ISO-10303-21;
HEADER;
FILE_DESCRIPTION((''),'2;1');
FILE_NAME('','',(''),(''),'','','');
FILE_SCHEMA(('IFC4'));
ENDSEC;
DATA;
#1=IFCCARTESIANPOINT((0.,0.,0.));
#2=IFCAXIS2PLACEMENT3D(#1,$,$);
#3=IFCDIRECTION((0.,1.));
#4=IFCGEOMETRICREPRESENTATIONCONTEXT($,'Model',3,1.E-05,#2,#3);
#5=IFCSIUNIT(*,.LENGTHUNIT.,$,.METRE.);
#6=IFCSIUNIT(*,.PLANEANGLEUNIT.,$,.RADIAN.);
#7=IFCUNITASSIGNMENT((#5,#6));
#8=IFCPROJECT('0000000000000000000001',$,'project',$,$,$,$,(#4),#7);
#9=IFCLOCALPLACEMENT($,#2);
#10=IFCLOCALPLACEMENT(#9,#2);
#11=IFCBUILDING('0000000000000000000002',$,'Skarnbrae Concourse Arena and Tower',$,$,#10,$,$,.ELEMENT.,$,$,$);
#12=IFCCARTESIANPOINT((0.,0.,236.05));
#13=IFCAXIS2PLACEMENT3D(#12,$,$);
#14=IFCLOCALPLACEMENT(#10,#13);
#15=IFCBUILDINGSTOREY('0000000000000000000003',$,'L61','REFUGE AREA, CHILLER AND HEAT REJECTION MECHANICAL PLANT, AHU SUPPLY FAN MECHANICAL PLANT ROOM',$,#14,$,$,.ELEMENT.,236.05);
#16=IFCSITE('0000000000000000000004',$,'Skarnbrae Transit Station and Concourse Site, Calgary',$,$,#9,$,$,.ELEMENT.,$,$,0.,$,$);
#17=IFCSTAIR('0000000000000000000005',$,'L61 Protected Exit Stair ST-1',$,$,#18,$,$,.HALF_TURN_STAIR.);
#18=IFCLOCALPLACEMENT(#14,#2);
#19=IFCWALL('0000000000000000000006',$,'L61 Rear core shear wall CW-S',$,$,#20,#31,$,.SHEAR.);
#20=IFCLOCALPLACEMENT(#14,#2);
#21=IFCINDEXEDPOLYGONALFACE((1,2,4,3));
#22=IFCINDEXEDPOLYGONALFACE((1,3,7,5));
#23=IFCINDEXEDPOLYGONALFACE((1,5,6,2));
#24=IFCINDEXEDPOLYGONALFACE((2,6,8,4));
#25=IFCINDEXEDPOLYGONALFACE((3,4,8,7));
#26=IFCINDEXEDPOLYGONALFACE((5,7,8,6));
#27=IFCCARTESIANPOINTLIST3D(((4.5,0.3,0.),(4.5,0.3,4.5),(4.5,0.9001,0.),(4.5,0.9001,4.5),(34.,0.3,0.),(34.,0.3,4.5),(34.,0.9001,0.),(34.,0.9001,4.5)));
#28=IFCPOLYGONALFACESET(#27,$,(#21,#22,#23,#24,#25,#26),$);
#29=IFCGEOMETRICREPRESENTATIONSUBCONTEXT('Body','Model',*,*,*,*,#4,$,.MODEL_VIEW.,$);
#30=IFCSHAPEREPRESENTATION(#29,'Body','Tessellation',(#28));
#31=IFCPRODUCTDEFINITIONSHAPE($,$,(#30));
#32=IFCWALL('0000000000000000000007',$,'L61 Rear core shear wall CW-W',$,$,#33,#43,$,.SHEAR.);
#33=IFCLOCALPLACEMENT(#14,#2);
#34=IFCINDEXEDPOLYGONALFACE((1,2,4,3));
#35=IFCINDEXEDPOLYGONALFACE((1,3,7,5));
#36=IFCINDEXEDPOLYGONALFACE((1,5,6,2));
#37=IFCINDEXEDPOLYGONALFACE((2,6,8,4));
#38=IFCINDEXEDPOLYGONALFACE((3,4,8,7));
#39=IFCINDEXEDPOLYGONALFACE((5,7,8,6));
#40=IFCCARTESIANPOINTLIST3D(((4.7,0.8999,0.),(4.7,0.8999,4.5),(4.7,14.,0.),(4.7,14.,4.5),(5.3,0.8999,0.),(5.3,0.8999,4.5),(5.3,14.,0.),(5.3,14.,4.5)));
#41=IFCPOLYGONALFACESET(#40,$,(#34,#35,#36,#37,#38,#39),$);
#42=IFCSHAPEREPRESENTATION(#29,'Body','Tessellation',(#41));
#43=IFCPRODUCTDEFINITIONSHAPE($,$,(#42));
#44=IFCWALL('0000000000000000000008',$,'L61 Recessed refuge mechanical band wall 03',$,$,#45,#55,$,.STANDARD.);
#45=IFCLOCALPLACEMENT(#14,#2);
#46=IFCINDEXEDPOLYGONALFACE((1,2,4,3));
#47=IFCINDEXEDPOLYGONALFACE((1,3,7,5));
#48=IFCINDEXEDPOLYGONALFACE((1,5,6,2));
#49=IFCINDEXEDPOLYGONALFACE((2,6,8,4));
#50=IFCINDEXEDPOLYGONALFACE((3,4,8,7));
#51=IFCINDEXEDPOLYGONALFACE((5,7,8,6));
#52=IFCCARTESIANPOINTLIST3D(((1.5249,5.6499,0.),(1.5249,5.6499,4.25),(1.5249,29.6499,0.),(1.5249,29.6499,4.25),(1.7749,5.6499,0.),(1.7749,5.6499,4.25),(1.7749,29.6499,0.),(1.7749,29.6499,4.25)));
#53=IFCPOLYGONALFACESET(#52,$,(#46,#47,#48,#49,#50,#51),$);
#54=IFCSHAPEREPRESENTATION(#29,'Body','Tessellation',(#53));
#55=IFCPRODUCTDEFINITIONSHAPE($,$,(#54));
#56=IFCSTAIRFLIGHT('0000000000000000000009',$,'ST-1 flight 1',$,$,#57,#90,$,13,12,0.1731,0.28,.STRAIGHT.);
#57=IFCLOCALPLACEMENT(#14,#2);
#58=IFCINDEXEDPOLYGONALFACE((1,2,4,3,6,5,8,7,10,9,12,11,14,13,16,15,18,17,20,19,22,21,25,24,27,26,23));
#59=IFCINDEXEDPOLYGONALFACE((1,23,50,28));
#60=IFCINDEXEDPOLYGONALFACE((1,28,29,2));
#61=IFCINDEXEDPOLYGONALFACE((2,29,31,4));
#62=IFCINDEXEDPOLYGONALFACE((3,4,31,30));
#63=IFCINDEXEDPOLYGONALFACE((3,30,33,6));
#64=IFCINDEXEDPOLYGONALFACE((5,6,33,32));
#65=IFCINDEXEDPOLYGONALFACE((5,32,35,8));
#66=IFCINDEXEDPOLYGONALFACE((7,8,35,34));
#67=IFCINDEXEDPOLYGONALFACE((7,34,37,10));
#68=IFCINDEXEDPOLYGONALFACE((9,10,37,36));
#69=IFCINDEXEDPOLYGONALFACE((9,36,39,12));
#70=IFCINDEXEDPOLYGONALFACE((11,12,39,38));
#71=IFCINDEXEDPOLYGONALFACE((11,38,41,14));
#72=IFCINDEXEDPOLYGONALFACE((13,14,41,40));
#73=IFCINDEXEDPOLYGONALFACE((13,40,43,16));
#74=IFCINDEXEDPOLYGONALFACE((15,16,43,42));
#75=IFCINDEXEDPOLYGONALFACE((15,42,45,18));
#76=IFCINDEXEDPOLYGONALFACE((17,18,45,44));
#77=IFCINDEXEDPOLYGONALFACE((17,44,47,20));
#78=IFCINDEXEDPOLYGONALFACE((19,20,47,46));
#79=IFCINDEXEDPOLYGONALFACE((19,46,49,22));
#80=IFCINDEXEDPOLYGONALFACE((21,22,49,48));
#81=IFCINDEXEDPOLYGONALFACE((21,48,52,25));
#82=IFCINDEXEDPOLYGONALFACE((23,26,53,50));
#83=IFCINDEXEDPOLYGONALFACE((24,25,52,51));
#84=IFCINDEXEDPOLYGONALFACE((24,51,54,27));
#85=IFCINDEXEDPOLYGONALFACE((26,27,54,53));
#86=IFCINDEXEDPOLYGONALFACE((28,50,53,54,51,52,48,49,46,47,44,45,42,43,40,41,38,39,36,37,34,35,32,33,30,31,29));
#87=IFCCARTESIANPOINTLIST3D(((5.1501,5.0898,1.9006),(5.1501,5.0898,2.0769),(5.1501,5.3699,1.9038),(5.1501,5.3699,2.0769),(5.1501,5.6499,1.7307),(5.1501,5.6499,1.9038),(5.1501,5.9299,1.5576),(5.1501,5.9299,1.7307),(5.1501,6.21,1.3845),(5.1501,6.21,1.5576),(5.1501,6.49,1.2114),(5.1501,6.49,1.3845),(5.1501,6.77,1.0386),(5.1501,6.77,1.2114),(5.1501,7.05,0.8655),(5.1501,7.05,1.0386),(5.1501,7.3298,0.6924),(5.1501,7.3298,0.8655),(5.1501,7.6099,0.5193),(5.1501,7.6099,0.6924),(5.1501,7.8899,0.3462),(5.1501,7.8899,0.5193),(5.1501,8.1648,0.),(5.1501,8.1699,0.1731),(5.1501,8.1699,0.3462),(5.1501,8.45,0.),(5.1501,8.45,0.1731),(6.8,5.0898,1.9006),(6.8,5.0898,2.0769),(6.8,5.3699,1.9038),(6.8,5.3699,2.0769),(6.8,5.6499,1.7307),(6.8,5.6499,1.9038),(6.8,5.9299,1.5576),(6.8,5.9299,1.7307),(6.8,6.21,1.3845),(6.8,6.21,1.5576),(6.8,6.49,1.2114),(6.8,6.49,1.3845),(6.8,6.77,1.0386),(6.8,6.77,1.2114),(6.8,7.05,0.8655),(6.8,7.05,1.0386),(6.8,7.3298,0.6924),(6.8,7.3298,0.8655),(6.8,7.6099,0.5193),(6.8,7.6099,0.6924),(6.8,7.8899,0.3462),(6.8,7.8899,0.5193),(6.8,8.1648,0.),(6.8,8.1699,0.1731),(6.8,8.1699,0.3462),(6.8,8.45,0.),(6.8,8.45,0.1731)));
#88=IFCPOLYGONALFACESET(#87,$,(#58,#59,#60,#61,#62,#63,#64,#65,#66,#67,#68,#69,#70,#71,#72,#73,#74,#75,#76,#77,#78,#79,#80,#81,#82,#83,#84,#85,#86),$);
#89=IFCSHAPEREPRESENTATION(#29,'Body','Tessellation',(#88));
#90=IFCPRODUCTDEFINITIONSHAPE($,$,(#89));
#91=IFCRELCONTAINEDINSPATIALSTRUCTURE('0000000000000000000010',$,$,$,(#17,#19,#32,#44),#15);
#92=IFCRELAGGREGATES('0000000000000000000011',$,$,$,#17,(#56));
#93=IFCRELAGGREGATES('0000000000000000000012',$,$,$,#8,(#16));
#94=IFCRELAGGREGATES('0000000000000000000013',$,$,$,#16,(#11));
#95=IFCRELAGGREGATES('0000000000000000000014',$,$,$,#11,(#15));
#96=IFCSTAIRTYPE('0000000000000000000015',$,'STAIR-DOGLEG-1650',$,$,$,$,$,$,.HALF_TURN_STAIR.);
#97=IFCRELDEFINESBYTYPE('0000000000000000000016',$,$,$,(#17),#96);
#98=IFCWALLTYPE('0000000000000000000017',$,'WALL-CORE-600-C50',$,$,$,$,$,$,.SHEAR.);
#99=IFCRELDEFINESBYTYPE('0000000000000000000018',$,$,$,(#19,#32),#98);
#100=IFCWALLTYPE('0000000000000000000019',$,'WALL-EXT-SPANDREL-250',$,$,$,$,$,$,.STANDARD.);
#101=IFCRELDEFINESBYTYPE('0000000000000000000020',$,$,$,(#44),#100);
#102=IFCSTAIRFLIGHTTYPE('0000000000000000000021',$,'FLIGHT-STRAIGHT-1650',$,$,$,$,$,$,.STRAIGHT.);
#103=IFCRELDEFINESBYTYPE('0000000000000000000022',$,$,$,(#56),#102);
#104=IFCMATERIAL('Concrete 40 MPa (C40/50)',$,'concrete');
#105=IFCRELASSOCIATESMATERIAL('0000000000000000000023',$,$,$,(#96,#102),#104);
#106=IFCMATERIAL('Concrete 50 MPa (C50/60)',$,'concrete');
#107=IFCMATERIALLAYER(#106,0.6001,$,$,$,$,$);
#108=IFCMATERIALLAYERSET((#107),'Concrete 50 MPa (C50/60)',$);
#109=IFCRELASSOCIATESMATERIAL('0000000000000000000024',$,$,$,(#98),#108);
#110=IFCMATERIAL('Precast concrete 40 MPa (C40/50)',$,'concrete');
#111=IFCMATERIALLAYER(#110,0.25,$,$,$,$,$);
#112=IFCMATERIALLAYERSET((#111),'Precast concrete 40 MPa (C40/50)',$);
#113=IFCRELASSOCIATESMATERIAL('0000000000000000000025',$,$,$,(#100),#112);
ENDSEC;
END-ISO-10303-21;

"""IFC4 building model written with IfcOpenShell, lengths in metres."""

from ifc_helpers import new_model, si_unit, direction, frame, frame_2d, origin, place, context, subcontext, project, spatial, polyline, rectangle, outline, extrude, source, transform, mapped, material, layer, layer_set, type_object, element, aggregate, save


model = new_model("IFC4")

# Units and contexts
model_context = context("Model", 3, precision=1e-05, world=origin(), true_north=direction((0.0, 1.0)))
body_context = subcontext(model_context, "Body", "Model", "MODEL_VIEW")
ifc_project = project(units=[si_unit("LENGTHUNIT", "METRE"), si_unit("PLANEANGLEUNIT", "RADIAN")], contexts=[model_context])

# Site, building, storey
site_placement = place(None, origin())
site = spatial("IfcSite", under=ifc_project, at=site_placement, Name="Skarnbrae Transit Station and Concourse Site, Calgary", CompositionType="ELEMENT", RefElevation=0.0)
building_placement = place(site_placement, origin())
building = spatial("IfcBuilding", under=site, at=building_placement, Name="Skarnbrae Concourse Arena and Tower", CompositionType="ELEMENT")
storey_placement = place(building_placement, frame((0.0, 0.0, 236.05)))
storey = spatial("IfcBuildingStorey", under=building, at=storey_placement, Name="L61", Description="REFUGE AREA, CHILLER AND HEAT REJECTION MECHANICAL PLANT, AHU SUPPLY FAN MECHANICAL PLANT ROOM", CompositionType="ELEMENT", Elevation=236.05)

# Stair
ifc_material_1 = material(Name="Concrete 40 MPa (C40/50)", Category="concrete")
stair_type = type_object("IfcStairType", Name="STAIR-DOGLEG-1650", PredefinedType="HALF_TURN_STAIR", material=ifc_material_1)
stair_1_placement = place(storey_placement, origin())
stair_1 = element("IfcStair", 1, at=stair_1_placement, inside=storey, type_object=stair_type, Name="L61 Protected Exit Stair ST-1", PredefinedType="HALF_TURN_STAIR")

# Walls
ifc_material_2 = material(Name="Concrete 50 MPa (C50/60)", Category="concrete")
ifc_layer_1 = layer(ifc_material_2, 0.6001)
ifc_layer_set_1 = layer_set([ifc_layer_1], Name="Concrete 50 MPa (C50/60)")
wall_type_1 = type_object("IfcWallType", Name="WALL-CORE-600-C50", PredefinedType="SHEAR", material=ifc_layer_set_1)
shared_shape_1 = source(origin(), body_context, "Body", "SweptSolid", [
    extrude(rectangle(XDim=29.5, YDim=0.6001, at=frame_2d((14.75, 0.0))), origin(), (0.0, 0.0, 1.0), 4.5),
])
wall_1_placement = place(storey_placement, frame((4.5, 0.6001, 0.0), z_axis=(0.0, 0.0, 1.0), x_axis=(1.0, 0.0, 0.0)))
element("IfcWall", 2, at=wall_1_placement, inside=storey, type_object=wall_type_1, Name="L61 Rear core shear wall CW-S", PredefinedType="SHEAR", context=body_context, shape_type="MappedRepresentation", body=[
    mapped(shared_shape_1, transform((0.0, 0.0, 0.0))),
])
shared_shape_2 = source(origin(), body_context, "Body", "SweptSolid", [
    extrude(rectangle(XDim=13.1001, YDim=0.6001, at=frame_2d((6.55, 0.0))), origin(), (0.0, 0.0, 1.0), 4.5),
])
wall_2_placement = place(storey_placement, frame((5.0, 0.8999, 0.0), z_axis=(0.0, 0.0, 1.0), x_axis=(0.0, 1.0, 0.0)))
element("IfcWall", 3, at=wall_2_placement, inside=storey, type_object=wall_type_1, Name="L61 Rear core shear wall CW-W", PredefinedType="SHEAR", context=body_context, shape_type="MappedRepresentation", body=[
    mapped(shared_shape_2, transform((0.0, 0.0, 0.0))),
])
ifc_material_3 = material(Name="Precast concrete 40 MPa (C40/50)", Category="concrete")
ifc_layer_2 = layer(ifc_material_3, 0.25)
ifc_layer_set_2 = layer_set([ifc_layer_2], Name="Precast concrete 40 MPa (C40/50)")
wall_type_2 = type_object("IfcWallType", Name="WALL-EXT-SPANDREL-250", PredefinedType="STANDARD", material=ifc_layer_set_2)
shared_shape_3 = source(origin(), body_context, "Body", "SweptSolid", [
    extrude(rectangle(XDim=24.0, YDim=0.25, at=frame_2d((12.0, 0.0))), origin(), (0.0, 0.0, 1.0), 4.25),
])
wall_3_placement = place(storey_placement, frame((1.6499, 5.6499, 0.0), z_axis=(0.0, 0.0, 1.0), x_axis=(0.0, 1.0, 0.0)))
element("IfcWall", 4, at=wall_3_placement, inside=storey, type_object=wall_type_2, Name="L61 Recessed refuge mechanical band wall 03", PredefinedType="STANDARD", context=body_context, shape_type="MappedRepresentation", body=[
    mapped(shared_shape_3, transform((0.0, 0.0, 0.0))),
])

# Stair flight
stair_flight_type = type_object("IfcStairFlightType", Name="FLIGHT-STRAIGHT-1650", PredefinedType="STRAIGHT", material=ifc_material_1)
shared_shape_4 = source(origin(), body_context, "Body", "SweptSolid", [
    extrude(outline(polyline([(0.0, 0.0), (0.0, 0.1731), (0.28, 0.1731), (0.28, 0.3462), (0.5601, 0.3462), (0.5601, 0.5193), (0.8401, 0.5193), (0.8401, 0.6924), (1.1201, 0.6924), (1.1201, 0.8655), (1.3999, 0.8655), (1.3999, 1.0386), (1.6799, 1.0386), (1.6799, 1.2114), (1.96, 1.2114), (1.96, 1.3845), (2.24, 1.3845), (2.24, 1.5576), (2.52, 1.5576), (2.52, 1.7307), (2.8, 1.7307), (2.8, 1.9038), (3.0801, 1.9038), (3.0801, 2.0769), (3.3601, 2.0769), (3.3601, 2.25), (3.3601, 1.9006), (0.2852, 0.0), (0.0, 0.0)])), frame((0.0, 0.825, 0.0), z_axis=(0.0, -1.0, 0.0), x_axis=(1.0, 0.0, 0.0)), (0.0, 0.0, 1.0), 1.6499),
])
stair_flight_placement = place(storey_placement, frame((5.9751, 8.45, 0.0), z_axis=(0.0, 0.0, 1.0), x_axis=(0.0, -1.0, 0.0)))
stair_flight = element("IfcStairFlight", 5, at=stair_flight_placement, type_object=stair_flight_type, Name="ST-1 flight 1", NumberOfRisers=13, NumberOfTreads=12, PredefinedType="STRAIGHT", RiserHeight=0.1731, TreadLength=0.28, context=body_context, shape_type="MappedRepresentation", body=[
    mapped(shared_shape_4, transform((0.0, 0.0, 0.0))),
])
aggregate(stair_1, [stair_flight])

save(model, "model.ifc")
